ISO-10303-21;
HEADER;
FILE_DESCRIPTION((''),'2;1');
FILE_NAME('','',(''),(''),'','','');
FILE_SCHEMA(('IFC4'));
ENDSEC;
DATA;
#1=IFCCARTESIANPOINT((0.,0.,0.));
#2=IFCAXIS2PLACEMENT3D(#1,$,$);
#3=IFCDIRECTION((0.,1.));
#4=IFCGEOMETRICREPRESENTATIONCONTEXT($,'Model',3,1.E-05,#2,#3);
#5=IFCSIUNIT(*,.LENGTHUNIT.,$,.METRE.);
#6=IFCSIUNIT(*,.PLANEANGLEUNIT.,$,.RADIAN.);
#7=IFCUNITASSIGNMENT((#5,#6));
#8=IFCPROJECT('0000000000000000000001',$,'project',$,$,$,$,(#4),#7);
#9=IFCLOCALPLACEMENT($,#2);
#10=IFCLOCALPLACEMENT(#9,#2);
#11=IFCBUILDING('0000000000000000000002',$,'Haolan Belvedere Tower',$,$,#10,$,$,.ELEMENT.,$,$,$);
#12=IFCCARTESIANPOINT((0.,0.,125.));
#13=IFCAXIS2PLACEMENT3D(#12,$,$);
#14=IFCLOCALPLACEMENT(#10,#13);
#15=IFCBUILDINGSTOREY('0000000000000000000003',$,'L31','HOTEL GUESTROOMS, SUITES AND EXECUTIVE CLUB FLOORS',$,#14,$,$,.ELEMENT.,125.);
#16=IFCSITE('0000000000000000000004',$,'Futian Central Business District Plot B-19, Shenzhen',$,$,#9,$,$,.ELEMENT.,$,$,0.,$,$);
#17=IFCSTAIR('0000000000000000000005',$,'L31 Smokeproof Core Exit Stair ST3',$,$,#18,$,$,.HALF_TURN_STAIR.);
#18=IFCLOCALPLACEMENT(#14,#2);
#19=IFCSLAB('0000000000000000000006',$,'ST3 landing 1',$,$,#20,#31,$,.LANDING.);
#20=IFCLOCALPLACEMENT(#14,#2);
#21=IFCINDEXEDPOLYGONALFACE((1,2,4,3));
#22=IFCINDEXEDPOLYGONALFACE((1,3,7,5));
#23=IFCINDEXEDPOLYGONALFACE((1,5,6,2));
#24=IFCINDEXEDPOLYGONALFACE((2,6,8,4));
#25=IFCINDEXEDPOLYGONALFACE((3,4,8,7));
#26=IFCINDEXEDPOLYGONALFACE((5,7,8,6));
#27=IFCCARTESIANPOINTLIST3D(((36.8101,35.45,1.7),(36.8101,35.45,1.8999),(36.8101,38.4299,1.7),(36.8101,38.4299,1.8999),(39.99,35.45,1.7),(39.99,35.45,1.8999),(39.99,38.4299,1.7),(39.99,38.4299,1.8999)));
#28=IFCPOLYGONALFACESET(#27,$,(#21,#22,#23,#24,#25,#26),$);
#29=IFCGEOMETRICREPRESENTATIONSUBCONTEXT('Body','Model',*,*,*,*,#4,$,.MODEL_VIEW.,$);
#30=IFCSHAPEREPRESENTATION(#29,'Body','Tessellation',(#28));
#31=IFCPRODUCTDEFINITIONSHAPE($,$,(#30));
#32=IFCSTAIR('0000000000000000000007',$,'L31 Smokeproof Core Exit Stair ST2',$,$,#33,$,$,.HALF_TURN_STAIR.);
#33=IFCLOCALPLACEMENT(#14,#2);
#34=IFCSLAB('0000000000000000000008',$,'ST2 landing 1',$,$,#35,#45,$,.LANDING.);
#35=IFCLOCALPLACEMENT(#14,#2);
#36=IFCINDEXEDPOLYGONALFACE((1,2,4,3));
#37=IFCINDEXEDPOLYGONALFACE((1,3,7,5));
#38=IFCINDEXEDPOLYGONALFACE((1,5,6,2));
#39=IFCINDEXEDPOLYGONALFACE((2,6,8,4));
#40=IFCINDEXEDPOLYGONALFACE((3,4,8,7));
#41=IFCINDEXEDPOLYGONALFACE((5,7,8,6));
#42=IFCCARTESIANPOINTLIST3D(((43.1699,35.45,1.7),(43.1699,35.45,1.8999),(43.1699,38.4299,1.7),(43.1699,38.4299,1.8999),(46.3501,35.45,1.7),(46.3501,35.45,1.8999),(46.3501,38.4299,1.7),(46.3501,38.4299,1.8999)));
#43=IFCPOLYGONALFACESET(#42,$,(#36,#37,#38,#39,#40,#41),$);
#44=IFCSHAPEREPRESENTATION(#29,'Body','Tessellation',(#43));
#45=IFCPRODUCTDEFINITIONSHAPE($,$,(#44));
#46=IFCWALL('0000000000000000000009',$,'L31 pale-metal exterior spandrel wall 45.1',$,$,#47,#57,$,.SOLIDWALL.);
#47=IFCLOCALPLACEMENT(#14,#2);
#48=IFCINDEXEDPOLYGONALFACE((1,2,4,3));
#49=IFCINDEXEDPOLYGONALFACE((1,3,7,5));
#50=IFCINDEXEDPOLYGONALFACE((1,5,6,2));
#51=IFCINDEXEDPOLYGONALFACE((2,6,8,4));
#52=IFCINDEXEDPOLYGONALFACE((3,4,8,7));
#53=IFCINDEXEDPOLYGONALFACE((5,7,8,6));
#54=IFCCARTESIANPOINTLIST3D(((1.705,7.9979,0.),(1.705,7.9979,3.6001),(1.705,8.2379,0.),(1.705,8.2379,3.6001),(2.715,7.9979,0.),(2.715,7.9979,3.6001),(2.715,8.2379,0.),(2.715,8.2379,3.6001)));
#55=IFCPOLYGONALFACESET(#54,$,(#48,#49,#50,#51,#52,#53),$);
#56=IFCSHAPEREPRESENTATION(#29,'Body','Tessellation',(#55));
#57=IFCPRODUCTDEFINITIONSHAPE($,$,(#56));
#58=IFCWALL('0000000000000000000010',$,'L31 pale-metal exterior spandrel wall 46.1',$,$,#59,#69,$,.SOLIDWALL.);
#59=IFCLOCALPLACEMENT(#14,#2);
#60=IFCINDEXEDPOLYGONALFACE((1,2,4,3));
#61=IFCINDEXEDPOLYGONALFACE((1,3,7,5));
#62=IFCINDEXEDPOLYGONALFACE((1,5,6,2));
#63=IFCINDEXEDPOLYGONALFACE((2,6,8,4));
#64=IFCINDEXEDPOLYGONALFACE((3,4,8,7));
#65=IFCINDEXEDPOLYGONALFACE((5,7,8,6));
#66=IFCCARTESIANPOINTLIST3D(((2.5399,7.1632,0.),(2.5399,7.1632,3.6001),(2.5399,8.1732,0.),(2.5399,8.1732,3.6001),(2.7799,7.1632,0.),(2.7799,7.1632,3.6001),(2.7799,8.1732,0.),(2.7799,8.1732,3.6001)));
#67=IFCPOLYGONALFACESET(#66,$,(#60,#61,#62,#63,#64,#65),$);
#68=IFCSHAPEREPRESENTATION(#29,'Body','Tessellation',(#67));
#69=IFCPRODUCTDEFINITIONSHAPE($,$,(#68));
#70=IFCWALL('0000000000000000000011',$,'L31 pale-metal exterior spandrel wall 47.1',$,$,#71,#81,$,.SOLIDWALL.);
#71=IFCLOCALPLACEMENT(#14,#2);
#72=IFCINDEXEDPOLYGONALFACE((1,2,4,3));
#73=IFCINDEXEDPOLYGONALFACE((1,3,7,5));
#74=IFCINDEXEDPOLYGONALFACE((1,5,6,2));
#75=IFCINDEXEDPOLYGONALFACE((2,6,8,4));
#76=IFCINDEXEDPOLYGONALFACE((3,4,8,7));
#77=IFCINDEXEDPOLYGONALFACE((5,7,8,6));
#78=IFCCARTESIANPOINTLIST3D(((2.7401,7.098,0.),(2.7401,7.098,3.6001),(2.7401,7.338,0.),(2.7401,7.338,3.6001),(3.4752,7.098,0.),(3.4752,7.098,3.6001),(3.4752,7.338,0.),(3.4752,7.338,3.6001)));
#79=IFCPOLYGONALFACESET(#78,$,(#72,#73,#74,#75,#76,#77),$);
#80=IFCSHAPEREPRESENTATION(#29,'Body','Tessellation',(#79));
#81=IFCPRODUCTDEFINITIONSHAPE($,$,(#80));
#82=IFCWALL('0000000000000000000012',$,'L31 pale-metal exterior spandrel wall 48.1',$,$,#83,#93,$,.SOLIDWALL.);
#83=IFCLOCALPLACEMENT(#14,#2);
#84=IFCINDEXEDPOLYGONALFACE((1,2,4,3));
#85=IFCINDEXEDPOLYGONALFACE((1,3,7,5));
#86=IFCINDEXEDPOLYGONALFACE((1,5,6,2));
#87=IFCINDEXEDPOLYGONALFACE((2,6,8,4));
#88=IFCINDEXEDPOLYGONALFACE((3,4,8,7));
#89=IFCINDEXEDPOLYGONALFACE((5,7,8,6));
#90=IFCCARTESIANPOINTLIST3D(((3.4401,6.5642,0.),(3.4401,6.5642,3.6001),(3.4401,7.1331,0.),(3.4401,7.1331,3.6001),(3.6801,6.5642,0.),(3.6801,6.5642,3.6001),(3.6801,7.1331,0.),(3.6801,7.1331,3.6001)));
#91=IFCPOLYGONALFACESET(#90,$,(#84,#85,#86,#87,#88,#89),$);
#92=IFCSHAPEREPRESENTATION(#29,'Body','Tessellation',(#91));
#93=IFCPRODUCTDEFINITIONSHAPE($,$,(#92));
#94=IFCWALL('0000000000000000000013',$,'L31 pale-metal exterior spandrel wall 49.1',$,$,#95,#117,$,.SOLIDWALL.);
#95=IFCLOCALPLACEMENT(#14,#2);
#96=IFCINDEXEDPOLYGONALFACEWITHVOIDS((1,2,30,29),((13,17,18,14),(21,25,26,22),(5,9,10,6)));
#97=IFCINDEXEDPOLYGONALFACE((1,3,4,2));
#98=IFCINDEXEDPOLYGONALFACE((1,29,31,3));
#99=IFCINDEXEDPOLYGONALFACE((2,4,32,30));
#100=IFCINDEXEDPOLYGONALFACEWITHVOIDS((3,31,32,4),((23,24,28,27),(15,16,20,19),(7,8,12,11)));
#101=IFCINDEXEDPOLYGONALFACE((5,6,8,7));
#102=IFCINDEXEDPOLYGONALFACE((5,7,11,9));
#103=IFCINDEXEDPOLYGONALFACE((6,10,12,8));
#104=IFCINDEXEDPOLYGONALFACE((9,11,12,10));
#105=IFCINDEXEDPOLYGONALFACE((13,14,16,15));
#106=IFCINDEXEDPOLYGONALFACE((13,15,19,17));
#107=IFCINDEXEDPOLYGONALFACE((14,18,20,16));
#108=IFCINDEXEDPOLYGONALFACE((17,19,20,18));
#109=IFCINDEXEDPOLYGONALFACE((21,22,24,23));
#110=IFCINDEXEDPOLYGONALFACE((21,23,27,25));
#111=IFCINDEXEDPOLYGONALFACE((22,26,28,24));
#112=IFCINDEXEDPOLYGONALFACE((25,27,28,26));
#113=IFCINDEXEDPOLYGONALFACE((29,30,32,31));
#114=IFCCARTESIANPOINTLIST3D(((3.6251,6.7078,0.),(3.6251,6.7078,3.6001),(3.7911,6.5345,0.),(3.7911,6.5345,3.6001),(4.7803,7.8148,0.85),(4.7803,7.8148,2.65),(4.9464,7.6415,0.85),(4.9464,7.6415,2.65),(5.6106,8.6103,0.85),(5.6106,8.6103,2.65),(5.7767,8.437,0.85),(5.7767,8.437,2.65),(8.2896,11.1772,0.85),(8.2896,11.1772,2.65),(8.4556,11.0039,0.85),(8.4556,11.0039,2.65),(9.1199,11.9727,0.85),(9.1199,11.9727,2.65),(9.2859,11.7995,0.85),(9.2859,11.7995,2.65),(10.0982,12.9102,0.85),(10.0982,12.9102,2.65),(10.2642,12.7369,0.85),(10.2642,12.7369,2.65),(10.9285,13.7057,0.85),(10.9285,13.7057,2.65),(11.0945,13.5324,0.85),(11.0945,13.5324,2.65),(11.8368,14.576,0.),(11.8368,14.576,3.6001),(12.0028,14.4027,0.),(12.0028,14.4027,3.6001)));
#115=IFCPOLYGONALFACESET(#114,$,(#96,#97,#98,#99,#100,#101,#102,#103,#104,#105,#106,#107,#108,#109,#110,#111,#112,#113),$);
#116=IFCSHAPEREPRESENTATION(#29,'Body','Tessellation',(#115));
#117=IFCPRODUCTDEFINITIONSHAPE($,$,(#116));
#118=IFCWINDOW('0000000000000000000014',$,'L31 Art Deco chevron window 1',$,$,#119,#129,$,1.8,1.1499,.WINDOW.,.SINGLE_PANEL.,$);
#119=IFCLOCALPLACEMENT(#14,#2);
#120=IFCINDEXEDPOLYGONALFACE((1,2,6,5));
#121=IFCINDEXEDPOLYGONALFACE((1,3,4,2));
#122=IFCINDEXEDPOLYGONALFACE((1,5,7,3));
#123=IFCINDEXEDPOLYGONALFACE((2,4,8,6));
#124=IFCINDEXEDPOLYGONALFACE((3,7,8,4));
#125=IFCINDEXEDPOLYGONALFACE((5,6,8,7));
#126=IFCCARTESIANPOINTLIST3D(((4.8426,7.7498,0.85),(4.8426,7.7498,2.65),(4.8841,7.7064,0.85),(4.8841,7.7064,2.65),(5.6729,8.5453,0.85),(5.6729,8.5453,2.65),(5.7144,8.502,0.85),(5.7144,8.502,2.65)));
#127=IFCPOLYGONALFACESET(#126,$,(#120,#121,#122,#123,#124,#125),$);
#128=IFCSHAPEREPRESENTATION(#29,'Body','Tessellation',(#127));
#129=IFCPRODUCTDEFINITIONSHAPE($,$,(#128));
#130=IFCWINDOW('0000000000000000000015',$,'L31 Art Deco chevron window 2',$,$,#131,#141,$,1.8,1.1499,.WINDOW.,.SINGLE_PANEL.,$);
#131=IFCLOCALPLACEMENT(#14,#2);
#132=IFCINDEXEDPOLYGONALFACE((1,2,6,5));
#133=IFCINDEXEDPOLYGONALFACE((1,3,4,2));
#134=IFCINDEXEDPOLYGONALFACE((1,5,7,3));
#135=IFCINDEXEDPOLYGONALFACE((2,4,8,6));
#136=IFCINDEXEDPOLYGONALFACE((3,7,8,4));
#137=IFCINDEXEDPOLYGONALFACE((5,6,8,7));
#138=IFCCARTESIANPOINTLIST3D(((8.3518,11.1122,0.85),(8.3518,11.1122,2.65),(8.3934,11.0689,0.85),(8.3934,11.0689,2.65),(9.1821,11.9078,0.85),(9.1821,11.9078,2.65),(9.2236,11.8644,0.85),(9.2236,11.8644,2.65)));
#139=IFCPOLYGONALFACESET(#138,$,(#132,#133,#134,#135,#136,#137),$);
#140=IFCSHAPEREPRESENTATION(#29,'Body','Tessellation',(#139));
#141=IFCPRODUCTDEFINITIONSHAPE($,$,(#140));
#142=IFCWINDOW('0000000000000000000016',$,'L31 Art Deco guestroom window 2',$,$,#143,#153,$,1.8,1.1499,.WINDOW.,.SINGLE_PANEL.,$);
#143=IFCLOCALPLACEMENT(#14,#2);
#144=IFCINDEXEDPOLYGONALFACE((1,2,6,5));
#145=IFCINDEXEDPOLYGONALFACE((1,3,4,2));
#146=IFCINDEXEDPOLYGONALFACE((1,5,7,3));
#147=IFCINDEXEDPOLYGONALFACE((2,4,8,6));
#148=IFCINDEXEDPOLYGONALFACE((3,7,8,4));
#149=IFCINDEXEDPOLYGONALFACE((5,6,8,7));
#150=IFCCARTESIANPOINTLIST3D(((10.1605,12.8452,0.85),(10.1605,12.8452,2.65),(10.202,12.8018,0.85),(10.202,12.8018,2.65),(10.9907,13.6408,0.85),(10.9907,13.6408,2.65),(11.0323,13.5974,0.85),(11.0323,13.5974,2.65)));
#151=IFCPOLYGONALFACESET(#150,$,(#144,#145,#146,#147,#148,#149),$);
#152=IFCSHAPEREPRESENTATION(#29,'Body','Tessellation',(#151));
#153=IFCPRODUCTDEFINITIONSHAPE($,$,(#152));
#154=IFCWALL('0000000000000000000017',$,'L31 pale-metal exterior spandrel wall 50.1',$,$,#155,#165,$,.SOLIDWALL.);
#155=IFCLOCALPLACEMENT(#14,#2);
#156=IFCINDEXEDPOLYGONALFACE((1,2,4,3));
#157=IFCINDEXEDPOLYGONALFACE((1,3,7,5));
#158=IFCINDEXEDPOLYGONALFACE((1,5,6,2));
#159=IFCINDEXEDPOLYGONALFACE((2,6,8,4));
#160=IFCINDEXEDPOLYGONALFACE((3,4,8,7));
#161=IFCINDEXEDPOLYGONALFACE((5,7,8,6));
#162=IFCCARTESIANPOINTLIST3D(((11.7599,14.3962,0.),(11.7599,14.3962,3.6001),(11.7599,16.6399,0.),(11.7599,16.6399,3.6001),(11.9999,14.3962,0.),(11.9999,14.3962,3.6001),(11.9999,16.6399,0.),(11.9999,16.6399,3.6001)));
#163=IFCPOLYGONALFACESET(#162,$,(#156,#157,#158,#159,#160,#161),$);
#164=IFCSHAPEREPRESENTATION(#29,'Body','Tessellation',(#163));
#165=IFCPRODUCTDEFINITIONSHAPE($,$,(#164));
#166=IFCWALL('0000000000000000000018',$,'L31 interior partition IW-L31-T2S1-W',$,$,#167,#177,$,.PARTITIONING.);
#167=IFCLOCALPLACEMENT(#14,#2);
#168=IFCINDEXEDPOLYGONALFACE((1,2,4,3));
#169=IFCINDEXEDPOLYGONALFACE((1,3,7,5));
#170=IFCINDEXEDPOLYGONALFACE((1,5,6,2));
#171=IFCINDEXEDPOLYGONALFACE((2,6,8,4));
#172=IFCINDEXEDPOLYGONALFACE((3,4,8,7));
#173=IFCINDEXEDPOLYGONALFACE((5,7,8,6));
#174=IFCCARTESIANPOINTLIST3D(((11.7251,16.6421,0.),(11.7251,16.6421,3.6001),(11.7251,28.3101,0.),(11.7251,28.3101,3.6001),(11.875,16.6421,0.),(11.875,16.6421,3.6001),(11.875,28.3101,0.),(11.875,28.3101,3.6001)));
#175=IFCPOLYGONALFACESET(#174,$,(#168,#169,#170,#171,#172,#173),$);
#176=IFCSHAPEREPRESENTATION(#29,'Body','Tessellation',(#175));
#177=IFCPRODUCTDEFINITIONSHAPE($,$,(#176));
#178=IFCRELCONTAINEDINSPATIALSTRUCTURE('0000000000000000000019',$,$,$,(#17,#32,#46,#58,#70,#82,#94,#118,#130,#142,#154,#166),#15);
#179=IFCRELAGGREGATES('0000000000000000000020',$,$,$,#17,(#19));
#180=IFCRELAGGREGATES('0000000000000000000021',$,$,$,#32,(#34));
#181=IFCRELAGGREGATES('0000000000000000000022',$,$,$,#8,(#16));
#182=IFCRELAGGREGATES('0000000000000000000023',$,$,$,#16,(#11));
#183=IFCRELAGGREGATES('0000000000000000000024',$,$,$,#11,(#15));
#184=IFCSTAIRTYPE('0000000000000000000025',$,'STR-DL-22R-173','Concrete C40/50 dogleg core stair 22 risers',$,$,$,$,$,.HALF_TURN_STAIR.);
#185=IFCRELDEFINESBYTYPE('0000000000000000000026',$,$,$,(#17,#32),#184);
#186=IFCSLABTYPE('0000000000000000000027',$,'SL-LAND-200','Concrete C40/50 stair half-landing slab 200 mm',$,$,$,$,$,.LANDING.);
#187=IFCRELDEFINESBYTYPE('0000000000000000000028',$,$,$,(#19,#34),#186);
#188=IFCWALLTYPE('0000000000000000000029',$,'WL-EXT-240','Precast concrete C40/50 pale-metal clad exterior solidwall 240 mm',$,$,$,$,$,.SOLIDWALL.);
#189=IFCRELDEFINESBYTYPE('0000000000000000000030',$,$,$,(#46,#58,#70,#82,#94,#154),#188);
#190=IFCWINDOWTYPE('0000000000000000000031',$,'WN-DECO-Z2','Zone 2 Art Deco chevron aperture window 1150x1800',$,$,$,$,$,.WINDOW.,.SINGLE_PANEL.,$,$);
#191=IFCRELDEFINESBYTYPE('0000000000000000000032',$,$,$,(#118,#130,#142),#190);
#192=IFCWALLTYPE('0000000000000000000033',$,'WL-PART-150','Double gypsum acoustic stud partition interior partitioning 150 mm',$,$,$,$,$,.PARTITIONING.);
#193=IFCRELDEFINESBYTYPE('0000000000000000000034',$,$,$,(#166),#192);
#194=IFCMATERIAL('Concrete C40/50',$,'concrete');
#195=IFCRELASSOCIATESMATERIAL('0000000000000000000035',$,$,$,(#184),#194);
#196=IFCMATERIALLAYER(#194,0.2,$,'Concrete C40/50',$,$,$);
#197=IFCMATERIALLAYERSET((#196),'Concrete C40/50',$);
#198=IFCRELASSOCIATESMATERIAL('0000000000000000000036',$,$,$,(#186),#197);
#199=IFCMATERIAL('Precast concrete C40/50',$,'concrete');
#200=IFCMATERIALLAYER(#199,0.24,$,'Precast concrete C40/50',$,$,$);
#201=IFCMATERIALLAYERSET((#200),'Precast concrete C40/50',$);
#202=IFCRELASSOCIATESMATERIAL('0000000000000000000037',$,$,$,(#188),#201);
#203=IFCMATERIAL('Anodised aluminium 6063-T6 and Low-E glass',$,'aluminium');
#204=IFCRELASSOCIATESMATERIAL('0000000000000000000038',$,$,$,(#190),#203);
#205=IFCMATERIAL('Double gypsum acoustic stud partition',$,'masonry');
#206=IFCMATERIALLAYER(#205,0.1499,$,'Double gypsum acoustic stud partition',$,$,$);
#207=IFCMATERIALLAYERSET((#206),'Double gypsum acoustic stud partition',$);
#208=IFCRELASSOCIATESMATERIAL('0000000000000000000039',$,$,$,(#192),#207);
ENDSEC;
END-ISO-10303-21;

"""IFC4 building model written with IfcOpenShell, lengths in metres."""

from ifc_helpers import new_model, si_unit, direction, frame, frame_2d, origin, place, context, subcontext, project, spatial, polyline, rectangle, outline, extrude, material, layer, layer_set, type_object, element, fill, aggregate, save


model = new_model("IFC4")

# Units and contexts
model_context = context("Model", 3, precision=1e-05, world=origin(), true_north=direction((0.0, 1.0)))
body_context = subcontext(model_context, "Body", "Model", "MODEL_VIEW")
ifc_project = project(units=[si_unit("LENGTHUNIT", "METRE"), si_unit("PLANEANGLEUNIT", "RADIAN")], contexts=[model_context])

# Site, building, storey
site_placement = place(None, origin())
site = spatial("IfcSite", under=ifc_project, at=site_placement, Name="Futian Central Business District Plot B-19, Shenzhen", CompositionType="ELEMENT", RefElevation=0.0)
building_placement = place(site_placement, origin())
building = spatial("IfcBuilding", under=site, at=building_placement, Name="Haolan Belvedere Tower", CompositionType="ELEMENT")
storey_placement = place(building_placement, frame((0.0, 0.0, 125.0)))
storey = spatial("IfcBuildingStorey", under=building, at=storey_placement, Name="L31", Description="HOTEL GUESTROOMS, SUITES AND EXECUTIVE CLUB FLOORS", CompositionType="ELEMENT", Elevation=125.0)

# Shared definitions
ifc_material_1 = material(Name="Concrete C40/50", Category="concrete")

# Stairs, slabs
stair_type = type_object("IfcStairType", Name="STR-DL-22R-173", Description="Concrete C40/50 dogleg core stair 22 risers", PredefinedType="HALF_TURN_STAIR", material=ifc_material_1)
ifc_layer_1 = layer(ifc_material_1, 0.2, Name="Concrete C40/50")
ifc_layer_set_1 = layer_set([ifc_layer_1], Name="Concrete C40/50")
slab_type_1 = type_object("IfcSlabType", Name="SL-LAND-200", Description="Concrete C40/50 stair half-landing slab 200 mm", PredefinedType="LANDING", material=ifc_layer_set_1)
stair_1_placement = place(storey_placement, origin())
stair_1 = element("IfcStair", 1, at=stair_1_placement, inside=storey, type_object=stair_type, Name="L31 Smokeproof Core Exit Stair ST3", PredefinedType="HALF_TURN_STAIR")
slab_1_placement = place(storey_placement, frame((0.0, 0.0, 1.7)))
slab_1 = element("IfcSlab", 2, at=slab_1_placement, type_object=slab_type_1, Name="ST3 landing 1", PredefinedType="LANDING", context=body_context, shape_type="SweptSolid", body=[
    extrude(outline(polyline([(36.8101, 38.4299), (36.8101, 35.45), (39.99, 35.45), (39.99, 38.4299), (36.8101, 38.4299)])), origin(), (0.0, 0.0, 1.0), 0.2),
])
aggregate(stair_1, [slab_1])
stair_2_placement = place(storey_placement, origin())
stair_2 = element("IfcStair", 3, at=stair_2_placement, inside=storey, type_object=stair_type, Name="L31 Smokeproof Core Exit Stair ST2", PredefinedType="HALF_TURN_STAIR")
slab_2_placement = place(storey_placement, frame((0.0, 0.0, 1.7)))
slab_2 = element("IfcSlab", 4, at=slab_2_placement, type_object=slab_type_1, Name="ST2 landing 1", PredefinedType="LANDING", context=body_context, shape_type="SweptSolid", body=[
    extrude(outline(polyline([(43.1699, 38.4299), (43.1699, 35.45), (46.3501, 35.45), (46.3501, 38.4299), (43.1699, 38.4299)])), origin(), (0.0, 0.0, 1.0), 0.2),
])
aggregate(stair_2, [slab_2])

# Walls
ifc_material_2 = material(Name="Precast concrete C40/50", Category="concrete")
ifc_layer_2 = layer(ifc_material_2, 0.24, Name="Precast concrete C40/50")
ifc_layer_set_2 = layer_set([ifc_layer_2], Name="Precast concrete C40/50")
wall_type_1 = type_object("IfcWallType", Name="WL-EXT-240", Description="Precast concrete C40/50 pale-metal clad exterior solidwall 240 mm", PredefinedType="SOLIDWALL", material=ifc_layer_set_2)
for number, where, z_axis, x_axis, name in (
    (5, (1.7051, 8.1179, 0.0), (0.0, 0.0, 1.0), (1.0, 0.0, 0.0), "L31 pale-metal exterior spandrel wall 45.1"),
    (6, (2.6599, 8.1731, 0.0), (0.0, 0.0, 1.0), (0.0, -1.0, 0.0), "L31 pale-metal exterior spandrel wall 46.1"),
):
    element("IfcWall", number, at=place(storey_placement, frame(where, z_axis=z_axis, x_axis=x_axis)), inside=storey, type_object=wall_type_1, Name=name, PredefinedType="SOLIDWALL", context=body_context, shape_type="SweptSolid", body=[
        extrude(rectangle(XDim=1.01, YDim=0.24, at=frame_2d((0.5049, 0.0))), origin(), (0.0, 0.0, 1.0), 3.6001),
    ])
wall_1_placement = place(storey_placement, frame((2.74, 7.218, 0.0), z_axis=(0.0, 0.0, 1.0), x_axis=(1.0, 0.0, 0.0)))
element("IfcWall", 7, at=wall_1_placement, inside=storey, type_object=wall_type_1, Name="L31 pale-metal exterior spandrel wall 47.1", PredefinedType="SOLIDWALL", context=body_context, shape_type="SweptSolid", body=[
    extrude(rectangle(XDim=0.7351, YDim=0.24, at=frame_2d((0.3677, 0.0))), origin(), (0.0, 0.0, 1.0), 3.6001),
])
wall_2_placement = place(storey_placement, frame((3.5601, 7.1331, 0.0), z_axis=(0.0, 0.0, 1.0), x_axis=(0.0, -1.0, 0.0)))
element("IfcWall", 8, at=wall_2_placement, inside=storey, type_object=wall_type_1, Name="L31 pale-metal exterior spandrel wall 48.1", PredefinedType="SOLIDWALL", context=body_context, shape_type="SweptSolid", body=[
    extrude(rectangle(XDim=0.5688, YDim=0.24, at=frame_2d((0.2844, 0.0))), origin(), (0.0, 0.0, 1.0), 3.6001),
])

# Wall, openings, windows
wall_3_placement = place(storey_placement, frame((3.708, 6.6211, 0.0), z_axis=(0.0, 0.0, 1.0), x_axis=(0.722048, 0.691843, 0.0)))
wall_3 = element("IfcWall", 9, at=wall_3_placement, inside=storey, type_object=wall_type_1, Name="L31 pale-metal exterior spandrel wall 49.1", PredefinedType="SOLIDWALL", context=body_context, shape_type="SweptSolid", body=[
    extrude(rectangle(XDim=11.3728, YDim=0.24, at=frame_2d((5.6865, 0.0))), origin(), (0.0, 0.0, 1.0), 3.6001),
])
opening_1_placement = place(wall_3_placement, frame((1.6001, 0.0, 0.8501)))
opening_1 = element("IfcOpeningElement", 10, at=opening_1_placement, cuts=wall_3, PredefinedType="OPENING", context=body_context, shape_type="SweptSolid", body=[
    extrude(rectangle(XDim=1.1499, YDim=1.8, at=frame_2d((0.575, 0.8999))), frame((0.0, 0.1299, 0.0), z_axis=(0.0, -1.0, 0.0), x_axis=(1.0, 0.0, 0.0)), (0.0, 0.0, 1.0), 0.26),
])
opening_2_placement = place(wall_3_placement, frame((6.4602, 0.0, 0.8501)))
opening_2 = element("IfcOpeningElement", 11, at=opening_2_placement, cuts=wall_3, PredefinedType="OPENING", context=body_context, shape_type="SweptSolid", body=[
    extrude(rectangle(XDim=1.1499, YDim=1.8, at=frame_2d((0.575, 0.8999))), frame((0.0, 0.1299, 0.0), z_axis=(0.0, -1.0, 0.0), x_axis=(1.0, 0.0, 0.0)), (0.0, 0.0, 1.0), 0.26),
])
opening_3_placement = place(wall_3_placement, frame((8.9651, 0.0, 0.8501)))
opening_3 = element("IfcOpeningElement", 12, at=opening_3_placement, cuts=wall_3, PredefinedType="OPENING", context=body_context, shape_type="SweptSolid", body=[
    extrude(rectangle(XDim=1.1499, YDim=1.8, at=frame_2d((0.575, 0.8999))), frame((0.0, 0.1299, 0.0), z_axis=(0.0, -1.0, 0.0), x_axis=(1.0, 0.0, 0.0)), (0.0, 0.0, 1.0), 0.26),
])
ifc_material_3 = material(Name="Anodised aluminium 6063-T6 and Low-E glass", Category="aluminium")
window_type = type_object("IfcWindowType", Name="WN-DECO-Z2", Description="Zone 2 Art Deco chevron aperture window 1150x1800", PartitioningType="SINGLE_PANEL", PredefinedType="WINDOW", material=ifc_material_3)
window_1_placement = place(opening_1_placement, origin())
window_1 = element("IfcWindow", 13, at=window_1_placement, inside=storey, type_object=window_type, Name="L31 Art Deco chevron window 1", OverallHeight=1.8, OverallWidth=1.1499, PartitioningType="SINGLE_PANEL", PredefinedType="WINDOW", context=body_context, shape_type="SweptSolid", body=[
    extrude(rectangle(XDim=1.1499, YDim=1.8, at=frame_2d((0.575, 0.8999))), frame((0.0, 0.03, 0.0), z_axis=(0.0, -1.0, 0.0), x_axis=(1.0, 0.0, 0.0)), (0.0, 0.0, 1.0), 0.0601),
])
fill(opening_1, window_1)
window_2_placement = place(opening_2_placement, origin())
window_2 = element("IfcWindow", 14, at=window_2_placement, inside=storey, type_object=window_type, Name="L31 Art Deco chevron window 2", OverallHeight=1.8, OverallWidth=1.1499, PartitioningType="SINGLE_PANEL", PredefinedType="WINDOW", context=body_context, shape_type="SweptSolid", body=[
    extrude(rectangle(XDim=1.1499, YDim=1.8, at=frame_2d((0.575, 0.8999))), frame((0.0, 0.03, 0.0), z_axis=(0.0, -1.0, 0.0), x_axis=(1.0, 0.0, 0.0)), (0.0, 0.0, 1.0), 0.0601),
])
fill(opening_2, window_2)
window_3_placement = place(opening_3_placement, origin())
window_3 = element("IfcWindow", 15, at=window_3_placement, inside=storey, type_object=window_type, Name="L31 Art Deco guestroom window 2", OverallHeight=1.8, OverallWidth=1.1499, PartitioningType="SINGLE_PANEL", PredefinedType="WINDOW", context=body_context, shape_type="SweptSolid", body=[
    extrude(rectangle(XDim=1.1499, YDim=1.8, at=frame_2d((0.575, 0.8999))), frame((0.0, 0.03, 0.0), z_axis=(0.0, -1.0, 0.0), x_axis=(1.0, 0.0, 0.0)), (0.0, 0.0, 1.0), 0.0601),
])
fill(opening_3, window_3)

# Walls
wall_4_placement = place(storey_placement, frame((11.8799, 14.3962, 0.0), z_axis=(0.0, 0.0, 1.0), x_axis=(0.0, 1.0, 0.0)))
element("IfcWall", 16, at=wall_4_placement, inside=storey, type_object=wall_type_1, Name="L31 pale-metal exterior spandrel wall 50.1", PredefinedType="SOLIDWALL", context=body_context, shape_type="SweptSolid", body=[
    extrude(rectangle(XDim=2.2437, YDim=0.24, at=frame_2d((1.1218, 0.0))), origin(), (0.0, 0.0, 1.0), 3.6001),
])
ifc_material_4 = material(Name="Double gypsum acoustic stud partition", Category="masonry")
ifc_layer_3 = layer(ifc_material_4, 0.1499, Name="Double gypsum acoustic stud partition")
ifc_layer_set_3 = layer_set([ifc_layer_3], Name="Double gypsum acoustic stud partition")
wall_type_2 = type_object("IfcWallType", Name="WL-PART-150", Description="Double gypsum acoustic stud partition interior partitioning 150 mm", PredefinedType="PARTITIONING", material=ifc_layer_set_3)
wall_5_placement = place(storey_placement, frame((11.8, 16.6421, 0.0), z_axis=(0.0, 0.0, 1.0), x_axis=(0.0, 1.0, 0.0)))
element("IfcWall", 17, at=wall_5_placement, inside=storey, type_object=wall_type_2, Name="L31 interior partition IW-L31-T2S1-W", PredefinedType="PARTITIONING", context=body_context, shape_type="SweptSolid", body=[
    extrude(rectangle(XDim=11.668, YDim=0.1499, at=frame_2d((5.834, 0.0))), origin(), (0.0, 0.0, 1.0), 3.6001),
])

save(model, "model.ifc")
